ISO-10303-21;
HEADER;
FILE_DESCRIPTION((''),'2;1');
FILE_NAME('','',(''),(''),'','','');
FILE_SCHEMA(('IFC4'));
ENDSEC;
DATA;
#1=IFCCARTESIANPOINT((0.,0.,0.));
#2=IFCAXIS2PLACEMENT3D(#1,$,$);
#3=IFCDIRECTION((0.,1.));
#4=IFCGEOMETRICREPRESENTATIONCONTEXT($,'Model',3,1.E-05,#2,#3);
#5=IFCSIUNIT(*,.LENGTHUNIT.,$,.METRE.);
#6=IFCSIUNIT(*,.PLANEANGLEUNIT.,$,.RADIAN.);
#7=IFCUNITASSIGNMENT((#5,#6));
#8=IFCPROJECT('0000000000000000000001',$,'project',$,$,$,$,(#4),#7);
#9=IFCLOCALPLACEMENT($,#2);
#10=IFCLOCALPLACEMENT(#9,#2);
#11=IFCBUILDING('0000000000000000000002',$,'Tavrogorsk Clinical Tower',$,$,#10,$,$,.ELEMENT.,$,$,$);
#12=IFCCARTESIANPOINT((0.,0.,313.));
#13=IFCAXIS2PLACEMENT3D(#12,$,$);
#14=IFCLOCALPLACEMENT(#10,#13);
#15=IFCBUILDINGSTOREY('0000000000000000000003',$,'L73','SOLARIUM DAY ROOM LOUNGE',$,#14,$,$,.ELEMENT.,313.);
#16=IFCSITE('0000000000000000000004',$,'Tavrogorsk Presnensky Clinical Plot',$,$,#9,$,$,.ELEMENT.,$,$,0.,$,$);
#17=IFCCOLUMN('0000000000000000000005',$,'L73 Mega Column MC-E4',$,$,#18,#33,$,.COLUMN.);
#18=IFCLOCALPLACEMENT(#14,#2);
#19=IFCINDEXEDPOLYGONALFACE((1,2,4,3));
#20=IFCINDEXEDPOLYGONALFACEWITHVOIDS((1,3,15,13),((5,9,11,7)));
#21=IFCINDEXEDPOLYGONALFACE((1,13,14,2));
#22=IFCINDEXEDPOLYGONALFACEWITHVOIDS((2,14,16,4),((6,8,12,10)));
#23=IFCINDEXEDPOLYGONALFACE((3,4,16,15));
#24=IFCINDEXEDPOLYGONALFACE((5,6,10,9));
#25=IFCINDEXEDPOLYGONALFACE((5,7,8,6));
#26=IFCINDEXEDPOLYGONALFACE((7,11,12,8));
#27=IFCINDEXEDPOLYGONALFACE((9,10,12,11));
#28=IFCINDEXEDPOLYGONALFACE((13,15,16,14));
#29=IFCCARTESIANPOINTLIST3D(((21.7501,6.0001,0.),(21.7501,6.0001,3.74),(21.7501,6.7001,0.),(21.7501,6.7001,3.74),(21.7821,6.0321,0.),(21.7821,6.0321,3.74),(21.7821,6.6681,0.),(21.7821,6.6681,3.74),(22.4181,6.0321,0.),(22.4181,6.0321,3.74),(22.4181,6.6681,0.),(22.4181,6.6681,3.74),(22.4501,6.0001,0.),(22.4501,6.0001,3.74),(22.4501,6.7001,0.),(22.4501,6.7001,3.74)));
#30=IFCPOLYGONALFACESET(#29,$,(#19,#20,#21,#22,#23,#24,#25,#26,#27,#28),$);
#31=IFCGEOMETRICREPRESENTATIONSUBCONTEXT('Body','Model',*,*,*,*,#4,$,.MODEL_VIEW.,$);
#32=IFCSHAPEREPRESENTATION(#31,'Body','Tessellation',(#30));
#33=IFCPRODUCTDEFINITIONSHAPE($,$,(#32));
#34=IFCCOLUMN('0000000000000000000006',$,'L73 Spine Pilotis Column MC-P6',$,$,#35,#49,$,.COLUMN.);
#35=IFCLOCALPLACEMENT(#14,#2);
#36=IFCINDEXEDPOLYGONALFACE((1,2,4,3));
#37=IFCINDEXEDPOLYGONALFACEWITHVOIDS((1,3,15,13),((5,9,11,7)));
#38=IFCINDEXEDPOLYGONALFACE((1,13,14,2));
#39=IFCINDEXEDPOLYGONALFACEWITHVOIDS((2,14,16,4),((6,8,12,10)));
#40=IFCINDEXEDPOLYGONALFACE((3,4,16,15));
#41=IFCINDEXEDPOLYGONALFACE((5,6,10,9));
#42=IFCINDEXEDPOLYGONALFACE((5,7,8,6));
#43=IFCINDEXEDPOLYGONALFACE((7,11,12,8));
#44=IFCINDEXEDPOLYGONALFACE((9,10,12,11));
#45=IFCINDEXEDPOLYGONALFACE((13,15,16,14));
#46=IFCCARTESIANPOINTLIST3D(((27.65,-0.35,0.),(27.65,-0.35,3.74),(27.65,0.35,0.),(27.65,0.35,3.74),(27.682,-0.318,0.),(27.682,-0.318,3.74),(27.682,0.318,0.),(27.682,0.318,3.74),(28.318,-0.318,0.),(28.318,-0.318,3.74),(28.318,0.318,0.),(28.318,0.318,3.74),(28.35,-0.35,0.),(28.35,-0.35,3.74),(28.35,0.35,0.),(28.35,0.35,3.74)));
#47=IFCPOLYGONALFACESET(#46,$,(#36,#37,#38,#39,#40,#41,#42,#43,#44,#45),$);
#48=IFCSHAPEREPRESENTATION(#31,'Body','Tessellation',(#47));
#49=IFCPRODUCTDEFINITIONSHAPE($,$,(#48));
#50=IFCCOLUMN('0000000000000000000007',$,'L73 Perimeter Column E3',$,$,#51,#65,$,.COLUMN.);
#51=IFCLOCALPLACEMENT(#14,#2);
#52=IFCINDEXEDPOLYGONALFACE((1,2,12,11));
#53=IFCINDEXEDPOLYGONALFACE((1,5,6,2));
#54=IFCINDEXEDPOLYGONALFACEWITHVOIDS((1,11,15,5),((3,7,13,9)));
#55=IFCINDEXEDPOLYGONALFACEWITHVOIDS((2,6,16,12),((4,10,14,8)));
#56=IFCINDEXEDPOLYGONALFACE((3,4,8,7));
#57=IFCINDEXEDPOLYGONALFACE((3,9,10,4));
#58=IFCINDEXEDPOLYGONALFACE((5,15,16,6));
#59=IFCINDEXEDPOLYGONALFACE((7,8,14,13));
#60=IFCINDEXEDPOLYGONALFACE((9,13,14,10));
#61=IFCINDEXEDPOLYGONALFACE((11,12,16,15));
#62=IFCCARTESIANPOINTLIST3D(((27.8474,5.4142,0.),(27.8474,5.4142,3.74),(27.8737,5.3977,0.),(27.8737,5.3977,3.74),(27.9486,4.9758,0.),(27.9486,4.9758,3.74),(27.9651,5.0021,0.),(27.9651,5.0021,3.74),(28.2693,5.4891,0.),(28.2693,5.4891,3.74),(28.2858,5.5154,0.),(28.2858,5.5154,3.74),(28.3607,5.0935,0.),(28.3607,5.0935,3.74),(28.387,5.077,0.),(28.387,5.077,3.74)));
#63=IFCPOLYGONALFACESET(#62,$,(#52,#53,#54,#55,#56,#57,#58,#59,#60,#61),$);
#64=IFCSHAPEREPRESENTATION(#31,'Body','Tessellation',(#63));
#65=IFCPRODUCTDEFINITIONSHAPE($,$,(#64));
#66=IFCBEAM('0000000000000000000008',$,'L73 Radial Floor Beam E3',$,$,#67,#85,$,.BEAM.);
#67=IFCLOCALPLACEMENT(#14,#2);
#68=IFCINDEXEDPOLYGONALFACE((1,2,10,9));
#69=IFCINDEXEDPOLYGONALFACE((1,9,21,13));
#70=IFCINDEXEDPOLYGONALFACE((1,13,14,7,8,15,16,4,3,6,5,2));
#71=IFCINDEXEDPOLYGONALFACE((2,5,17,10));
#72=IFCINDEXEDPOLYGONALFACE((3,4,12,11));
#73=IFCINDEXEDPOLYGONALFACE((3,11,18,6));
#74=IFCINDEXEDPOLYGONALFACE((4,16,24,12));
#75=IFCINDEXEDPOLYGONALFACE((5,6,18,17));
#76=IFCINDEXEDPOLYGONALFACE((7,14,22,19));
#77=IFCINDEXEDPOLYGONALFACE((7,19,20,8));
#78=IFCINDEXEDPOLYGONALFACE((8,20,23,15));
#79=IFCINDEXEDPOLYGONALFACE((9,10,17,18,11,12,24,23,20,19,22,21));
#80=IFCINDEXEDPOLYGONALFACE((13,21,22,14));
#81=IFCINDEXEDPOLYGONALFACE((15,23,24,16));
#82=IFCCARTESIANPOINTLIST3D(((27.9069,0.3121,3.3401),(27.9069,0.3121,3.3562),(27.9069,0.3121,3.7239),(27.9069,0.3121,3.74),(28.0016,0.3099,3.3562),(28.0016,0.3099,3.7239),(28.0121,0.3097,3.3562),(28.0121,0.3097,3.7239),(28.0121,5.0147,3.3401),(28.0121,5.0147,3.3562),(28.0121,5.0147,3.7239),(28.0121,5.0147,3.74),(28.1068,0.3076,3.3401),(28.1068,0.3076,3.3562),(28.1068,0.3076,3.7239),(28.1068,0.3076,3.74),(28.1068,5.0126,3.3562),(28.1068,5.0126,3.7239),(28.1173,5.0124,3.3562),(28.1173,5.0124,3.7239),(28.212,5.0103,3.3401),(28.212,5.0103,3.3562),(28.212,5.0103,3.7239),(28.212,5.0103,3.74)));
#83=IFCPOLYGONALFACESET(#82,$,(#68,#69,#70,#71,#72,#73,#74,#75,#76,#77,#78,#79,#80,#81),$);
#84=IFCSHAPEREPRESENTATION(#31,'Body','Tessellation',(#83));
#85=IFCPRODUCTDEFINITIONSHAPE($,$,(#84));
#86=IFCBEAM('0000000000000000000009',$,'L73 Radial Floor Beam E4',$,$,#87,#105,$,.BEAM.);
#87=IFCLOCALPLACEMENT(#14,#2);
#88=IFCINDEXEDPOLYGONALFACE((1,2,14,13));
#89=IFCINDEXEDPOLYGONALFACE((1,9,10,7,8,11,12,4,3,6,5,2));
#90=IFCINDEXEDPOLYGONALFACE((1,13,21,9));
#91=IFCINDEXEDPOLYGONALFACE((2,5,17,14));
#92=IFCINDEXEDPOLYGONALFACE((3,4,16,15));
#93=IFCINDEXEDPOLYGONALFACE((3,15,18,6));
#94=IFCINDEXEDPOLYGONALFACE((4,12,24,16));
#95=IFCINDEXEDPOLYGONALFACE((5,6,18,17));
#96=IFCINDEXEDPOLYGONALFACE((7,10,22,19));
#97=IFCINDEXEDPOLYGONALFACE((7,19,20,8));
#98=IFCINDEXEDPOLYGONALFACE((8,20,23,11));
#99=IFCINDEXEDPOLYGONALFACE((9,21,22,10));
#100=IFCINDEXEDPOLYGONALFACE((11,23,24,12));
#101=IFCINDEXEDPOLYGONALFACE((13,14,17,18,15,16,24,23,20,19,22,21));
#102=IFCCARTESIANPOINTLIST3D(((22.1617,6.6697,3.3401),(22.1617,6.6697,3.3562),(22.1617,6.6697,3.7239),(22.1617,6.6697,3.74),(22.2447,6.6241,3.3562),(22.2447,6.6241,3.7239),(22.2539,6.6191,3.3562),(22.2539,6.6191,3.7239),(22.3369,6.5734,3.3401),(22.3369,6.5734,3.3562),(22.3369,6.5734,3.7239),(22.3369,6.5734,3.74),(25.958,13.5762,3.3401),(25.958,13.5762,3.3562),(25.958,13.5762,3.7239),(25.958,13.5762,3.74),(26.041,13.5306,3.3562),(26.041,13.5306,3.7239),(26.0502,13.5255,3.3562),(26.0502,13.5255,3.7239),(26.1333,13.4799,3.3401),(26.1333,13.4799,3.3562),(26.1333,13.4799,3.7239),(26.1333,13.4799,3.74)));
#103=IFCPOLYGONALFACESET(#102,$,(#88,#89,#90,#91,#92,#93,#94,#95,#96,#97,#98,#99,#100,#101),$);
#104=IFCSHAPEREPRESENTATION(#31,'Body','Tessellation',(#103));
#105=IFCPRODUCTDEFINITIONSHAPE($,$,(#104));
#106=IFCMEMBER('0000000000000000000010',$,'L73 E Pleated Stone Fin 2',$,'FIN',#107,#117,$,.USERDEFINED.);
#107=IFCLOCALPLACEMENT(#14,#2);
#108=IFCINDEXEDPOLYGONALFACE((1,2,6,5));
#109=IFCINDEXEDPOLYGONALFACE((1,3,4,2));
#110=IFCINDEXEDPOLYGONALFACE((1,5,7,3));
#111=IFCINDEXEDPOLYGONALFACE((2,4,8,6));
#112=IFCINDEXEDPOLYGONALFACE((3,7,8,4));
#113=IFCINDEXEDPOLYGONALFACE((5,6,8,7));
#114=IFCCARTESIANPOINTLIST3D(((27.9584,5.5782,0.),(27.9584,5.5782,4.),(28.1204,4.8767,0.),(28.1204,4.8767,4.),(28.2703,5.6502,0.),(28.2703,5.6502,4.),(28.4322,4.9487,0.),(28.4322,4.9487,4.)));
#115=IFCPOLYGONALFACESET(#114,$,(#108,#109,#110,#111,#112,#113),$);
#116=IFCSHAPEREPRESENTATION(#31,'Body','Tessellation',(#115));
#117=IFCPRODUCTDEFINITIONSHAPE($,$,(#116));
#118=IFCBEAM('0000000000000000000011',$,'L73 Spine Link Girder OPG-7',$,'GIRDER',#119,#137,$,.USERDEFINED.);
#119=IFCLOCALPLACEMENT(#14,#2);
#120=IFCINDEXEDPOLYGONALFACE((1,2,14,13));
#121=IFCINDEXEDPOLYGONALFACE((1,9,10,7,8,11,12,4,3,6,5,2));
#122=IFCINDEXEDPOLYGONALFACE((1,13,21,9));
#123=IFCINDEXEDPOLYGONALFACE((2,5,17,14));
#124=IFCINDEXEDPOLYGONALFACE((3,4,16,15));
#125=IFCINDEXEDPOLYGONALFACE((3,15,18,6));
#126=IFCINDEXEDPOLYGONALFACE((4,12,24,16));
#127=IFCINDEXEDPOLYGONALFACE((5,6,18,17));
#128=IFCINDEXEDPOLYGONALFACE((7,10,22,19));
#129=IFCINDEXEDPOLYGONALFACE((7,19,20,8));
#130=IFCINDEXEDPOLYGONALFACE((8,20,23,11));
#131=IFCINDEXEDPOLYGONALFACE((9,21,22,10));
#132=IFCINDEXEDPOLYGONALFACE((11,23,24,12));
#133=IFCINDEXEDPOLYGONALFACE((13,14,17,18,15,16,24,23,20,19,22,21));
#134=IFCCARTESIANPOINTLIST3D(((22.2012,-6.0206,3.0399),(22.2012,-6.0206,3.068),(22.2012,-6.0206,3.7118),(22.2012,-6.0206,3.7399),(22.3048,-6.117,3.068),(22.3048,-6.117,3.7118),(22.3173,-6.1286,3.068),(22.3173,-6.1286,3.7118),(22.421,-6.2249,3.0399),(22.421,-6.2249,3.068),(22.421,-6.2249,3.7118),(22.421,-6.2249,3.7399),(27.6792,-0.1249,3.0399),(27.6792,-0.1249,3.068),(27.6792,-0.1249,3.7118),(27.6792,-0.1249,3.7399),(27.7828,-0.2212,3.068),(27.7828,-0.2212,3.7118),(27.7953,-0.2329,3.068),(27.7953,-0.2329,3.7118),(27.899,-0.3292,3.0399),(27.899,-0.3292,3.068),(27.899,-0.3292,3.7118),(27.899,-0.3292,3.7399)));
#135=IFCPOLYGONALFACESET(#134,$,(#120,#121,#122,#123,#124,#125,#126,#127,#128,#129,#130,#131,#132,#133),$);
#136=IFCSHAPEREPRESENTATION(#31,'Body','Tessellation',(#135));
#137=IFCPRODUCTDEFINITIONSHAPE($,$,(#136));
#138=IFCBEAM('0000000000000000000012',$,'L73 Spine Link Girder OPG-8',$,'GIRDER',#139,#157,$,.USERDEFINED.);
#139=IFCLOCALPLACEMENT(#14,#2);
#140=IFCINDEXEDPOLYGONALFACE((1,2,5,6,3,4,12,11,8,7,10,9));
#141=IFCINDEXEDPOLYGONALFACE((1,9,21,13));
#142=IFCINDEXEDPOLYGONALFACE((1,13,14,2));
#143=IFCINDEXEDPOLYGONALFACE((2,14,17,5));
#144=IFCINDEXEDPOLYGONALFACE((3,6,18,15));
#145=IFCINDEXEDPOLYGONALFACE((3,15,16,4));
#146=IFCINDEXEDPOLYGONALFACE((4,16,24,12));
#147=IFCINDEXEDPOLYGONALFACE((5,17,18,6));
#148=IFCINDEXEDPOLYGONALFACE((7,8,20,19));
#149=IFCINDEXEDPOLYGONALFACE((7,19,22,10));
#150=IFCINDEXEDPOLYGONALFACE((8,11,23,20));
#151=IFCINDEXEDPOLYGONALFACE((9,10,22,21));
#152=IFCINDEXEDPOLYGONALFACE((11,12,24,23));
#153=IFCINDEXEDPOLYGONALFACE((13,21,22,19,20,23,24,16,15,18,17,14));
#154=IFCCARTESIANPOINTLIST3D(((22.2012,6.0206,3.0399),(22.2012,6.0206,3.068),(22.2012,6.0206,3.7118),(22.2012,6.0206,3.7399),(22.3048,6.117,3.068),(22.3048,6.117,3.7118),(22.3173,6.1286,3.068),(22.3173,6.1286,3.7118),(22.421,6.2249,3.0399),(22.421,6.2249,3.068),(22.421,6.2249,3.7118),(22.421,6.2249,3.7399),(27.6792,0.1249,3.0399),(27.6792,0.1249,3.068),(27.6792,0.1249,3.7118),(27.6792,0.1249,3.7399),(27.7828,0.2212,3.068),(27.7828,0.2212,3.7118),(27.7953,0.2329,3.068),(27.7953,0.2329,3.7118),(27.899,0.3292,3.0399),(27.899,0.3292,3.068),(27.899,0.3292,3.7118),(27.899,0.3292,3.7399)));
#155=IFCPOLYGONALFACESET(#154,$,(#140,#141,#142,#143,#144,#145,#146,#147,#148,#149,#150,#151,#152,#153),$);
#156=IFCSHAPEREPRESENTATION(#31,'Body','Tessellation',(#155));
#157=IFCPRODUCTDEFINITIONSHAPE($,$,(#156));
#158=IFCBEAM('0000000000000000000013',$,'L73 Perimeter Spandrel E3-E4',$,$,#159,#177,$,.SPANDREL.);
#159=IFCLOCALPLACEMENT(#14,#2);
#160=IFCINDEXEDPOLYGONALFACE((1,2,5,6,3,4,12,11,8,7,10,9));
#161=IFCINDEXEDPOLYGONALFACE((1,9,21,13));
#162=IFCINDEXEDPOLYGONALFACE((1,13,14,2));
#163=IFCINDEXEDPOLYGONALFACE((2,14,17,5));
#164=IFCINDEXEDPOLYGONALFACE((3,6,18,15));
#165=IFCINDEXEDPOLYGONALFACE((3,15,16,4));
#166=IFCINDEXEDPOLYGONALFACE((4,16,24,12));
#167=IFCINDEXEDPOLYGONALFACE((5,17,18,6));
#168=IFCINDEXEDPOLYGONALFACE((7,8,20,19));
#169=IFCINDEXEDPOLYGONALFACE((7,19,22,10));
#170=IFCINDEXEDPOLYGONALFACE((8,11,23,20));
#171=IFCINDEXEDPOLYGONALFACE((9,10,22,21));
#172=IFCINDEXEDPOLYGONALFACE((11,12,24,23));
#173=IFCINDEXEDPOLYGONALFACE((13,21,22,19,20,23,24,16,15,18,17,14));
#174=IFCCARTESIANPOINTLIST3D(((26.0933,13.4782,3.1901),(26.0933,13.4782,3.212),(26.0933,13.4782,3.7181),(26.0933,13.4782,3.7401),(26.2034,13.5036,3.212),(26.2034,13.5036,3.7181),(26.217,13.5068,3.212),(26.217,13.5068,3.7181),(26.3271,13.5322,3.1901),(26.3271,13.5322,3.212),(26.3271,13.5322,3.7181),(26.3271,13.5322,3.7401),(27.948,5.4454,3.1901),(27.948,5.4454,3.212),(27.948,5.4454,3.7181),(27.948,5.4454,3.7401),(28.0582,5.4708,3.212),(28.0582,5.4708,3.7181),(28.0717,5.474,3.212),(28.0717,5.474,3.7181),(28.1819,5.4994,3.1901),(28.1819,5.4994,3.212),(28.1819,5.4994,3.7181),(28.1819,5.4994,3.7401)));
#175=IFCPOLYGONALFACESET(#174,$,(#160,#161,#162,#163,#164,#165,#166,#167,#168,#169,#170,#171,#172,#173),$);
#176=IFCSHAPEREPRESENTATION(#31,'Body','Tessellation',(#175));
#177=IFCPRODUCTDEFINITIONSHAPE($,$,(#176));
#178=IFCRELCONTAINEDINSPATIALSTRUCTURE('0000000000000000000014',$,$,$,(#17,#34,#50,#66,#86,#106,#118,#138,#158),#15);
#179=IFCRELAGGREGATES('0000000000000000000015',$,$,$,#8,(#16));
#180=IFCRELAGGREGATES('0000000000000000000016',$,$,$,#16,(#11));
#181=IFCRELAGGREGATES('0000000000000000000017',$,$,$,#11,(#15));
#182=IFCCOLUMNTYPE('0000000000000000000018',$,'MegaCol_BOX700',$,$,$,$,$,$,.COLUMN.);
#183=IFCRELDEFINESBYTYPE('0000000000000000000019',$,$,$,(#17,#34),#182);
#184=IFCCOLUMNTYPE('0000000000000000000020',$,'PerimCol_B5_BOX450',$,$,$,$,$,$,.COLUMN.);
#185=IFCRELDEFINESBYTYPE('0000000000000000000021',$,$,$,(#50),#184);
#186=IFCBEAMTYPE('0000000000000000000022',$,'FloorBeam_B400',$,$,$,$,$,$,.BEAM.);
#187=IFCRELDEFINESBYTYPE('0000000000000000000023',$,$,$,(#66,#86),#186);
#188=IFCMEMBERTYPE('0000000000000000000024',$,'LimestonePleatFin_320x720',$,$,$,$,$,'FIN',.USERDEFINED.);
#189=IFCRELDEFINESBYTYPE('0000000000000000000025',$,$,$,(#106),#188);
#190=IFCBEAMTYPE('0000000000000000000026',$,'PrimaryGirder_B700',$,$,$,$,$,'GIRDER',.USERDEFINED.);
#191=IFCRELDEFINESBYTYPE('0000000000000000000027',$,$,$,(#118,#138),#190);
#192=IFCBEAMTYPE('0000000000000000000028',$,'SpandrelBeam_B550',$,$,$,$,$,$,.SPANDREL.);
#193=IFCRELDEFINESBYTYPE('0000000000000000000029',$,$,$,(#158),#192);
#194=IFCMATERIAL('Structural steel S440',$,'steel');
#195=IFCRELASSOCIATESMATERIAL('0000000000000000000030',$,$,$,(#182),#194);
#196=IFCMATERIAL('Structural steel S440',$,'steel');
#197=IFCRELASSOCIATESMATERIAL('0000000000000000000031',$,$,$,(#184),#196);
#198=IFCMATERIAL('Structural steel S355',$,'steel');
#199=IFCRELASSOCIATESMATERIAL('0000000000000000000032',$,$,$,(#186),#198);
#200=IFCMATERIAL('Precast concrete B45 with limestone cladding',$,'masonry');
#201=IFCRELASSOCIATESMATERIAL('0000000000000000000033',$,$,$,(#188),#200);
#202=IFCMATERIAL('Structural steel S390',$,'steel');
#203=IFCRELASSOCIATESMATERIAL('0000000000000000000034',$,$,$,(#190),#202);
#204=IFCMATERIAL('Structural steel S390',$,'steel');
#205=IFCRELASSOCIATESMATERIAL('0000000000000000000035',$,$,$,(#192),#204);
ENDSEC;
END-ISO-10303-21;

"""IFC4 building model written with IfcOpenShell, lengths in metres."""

from ifc_helpers import new_model, si_unit, direction, frame, origin, origin_2d, place, context, subcontext, project, spatial, rectangle, hollow_rectangle, i_section, extrude, material, material_profile, profile_set, type_object, element, save


model = new_model("IFC4")

# Units and contexts
model_context = context("Model", 3, precision=1e-05, world=origin(), true_north=direction((0.0, 1.0)))
body_context = subcontext(model_context, "Body", "Model", "MODEL_VIEW")
ifc_project = project(units=[si_unit("LENGTHUNIT", "METRE"), si_unit("PLANEANGLEUNIT", "RADIAN")], contexts=[model_context])

# Site, building, storey
site_placement = place(None, origin())
site = spatial("IfcSite", under=ifc_project, at=site_placement, Name="Tavrogorsk Presnensky Clinical Plot", CompositionType="ELEMENT", RefElevation=0.0)
building_placement = place(site_placement, origin())
building = spatial("IfcBuilding", under=site, at=building_placement, Name="Tavrogorsk Clinical Tower", CompositionType="ELEMENT")
storey_placement = place(building_placement, frame((0.0, 0.0, 313.0)))
storey = spatial("IfcBuildingStorey", under=building, at=storey_placement, Name="L73", Description="SOLARIUM DAY ROOM LOUNGE", CompositionType="ELEMENT", Elevation=313.0)

# Columns
ifc_material_1 = material(Name="Structural steel S440", Category="steel")
ifc_material_profile_1 = material_profile(ifc_material_1, hollow_rectangle(XDim=0.7, YDim=0.7, WallThickness=0.032, at=origin_2d()), Name="BOX-700x700x32")
ifc_profile_set_1 = profile_set([ifc_material_profile_1], Name="Structural steel S440")
column_type_1 = type_object("IfcColumnType", Name="MegaCol_BOX700", PredefinedType="COLUMN", material=ifc_profile_set_1)
for number, where, z_axis, x_axis, name in (
    (1, (22.1001, 6.3501, 0.0), (0.0, 0.0, 1.0), (1.0, 0.0, 0.0), "L73 Mega Column MC-E4"),
    (2, (28.0, 0.0, 0.0), (0.0, 0.0, 1.0), (1.0, 0.0, 0.0), "L73 Spine Pilotis Column MC-P6"),
):
    element("IfcColumn", number, at=place(storey_placement, frame(where, z_axis=z_axis, x_axis=x_axis)), inside=storey, type_object=column_type_1, Name=name, PredefinedType="COLUMN", context=body_context, shape_type="SweptSolid", body=[
        extrude(hollow_rectangle(XDim=0.7, YDim=0.7, WallThickness=0.032, at=origin_2d()), origin(), (0.0, 0.0, 1.0), 3.74),
    ])
ifc_material_2 = material(Name="Structural steel S440", Category="steel")
ifc_material_profile_2 = material_profile(ifc_material_2, hollow_rectangle(XDim=0.45, YDim=0.45, WallThickness=0.022, at=origin_2d()), Name="BOX-450x450x22")
ifc_profile_set_2 = profile_set([ifc_material_profile_2], Name="Structural steel S440")
column_type_2 = type_object("IfcColumnType", Name="PerimCol_B5_BOX450", PredefinedType="COLUMN", material=ifc_profile_set_2)
column_placement = place(storey_placement, frame((28.1172, 5.2456, 0.0), z_axis=(0.0, 0.0, 1.0), x_axis=(0.97437, 0.224951, 0.0)))
element("IfcColumn", 3, at=column_placement, inside=storey, type_object=column_type_2, Name="L73 Perimeter Column E3", PredefinedType="COLUMN", context=body_context, shape_type="SweptSolid", body=[
    extrude(hollow_rectangle(XDim=0.45, YDim=0.45, WallThickness=0.022, at=origin_2d()), origin(), (0.0, 0.0, 1.0), 3.74),
])

# Beams
ifc_material_3 = material(Name="Structural steel S355", Category="steel")
ifc_material_profile_3 = material_profile(ifc_material_3, i_section(OverallWidth=0.2, OverallDepth=0.3999, WebThickness=0.0105, FlangeThickness=0.0161, at=origin_2d()), Name="B-400x200x10.5x16")
ifc_profile_set_3 = profile_set([ifc_material_profile_3], Name="Structural steel S355")
beam_type_1 = type_object("IfcBeamType", Name="FloorBeam_B400", PredefinedType="BEAM", material=ifc_profile_set_3)
beam_1_placement = place(storey_placement, frame((28.0068, 0.3098, 3.54), z_axis=(0.02237, 0.99975, 0.0), x_axis=(-0.99975, 0.02237, 0.0)))
element("IfcBeam", 4, at=beam_1_placement, inside=storey, type_object=beam_type_1, Name="L73 Radial Floor Beam E3", PredefinedType="BEAM", context=body_context, shape_type="SweptSolid", body=[
    extrude(i_section(OverallWidth=0.2, OverallDepth=0.3999, WebThickness=0.0105, FlangeThickness=0.0161, at=origin_2d()), origin(), (0.0, 0.0, 1.0), 4.7039),
])
beam_2_placement = place(storey_placement, frame((22.2493, 6.6216, 3.54), z_axis=(0.481706, 0.876333, 0.0), x_axis=(-0.876333, 0.481706, 0.0)))
element("IfcBeam", 5, at=beam_2_placement, inside=storey, type_object=beam_type_1, Name="L73 Radial Floor Beam E4", PredefinedType="BEAM", context=body_context, shape_type="SweptSolid", body=[
    extrude(i_section(OverallWidth=0.2, OverallDepth=0.3999, WebThickness=0.0105, FlangeThickness=0.0161, at=origin_2d()), origin(), (0.0, 0.0, 1.0), 7.8811),
])

# Member
ifc_material_4 = material(Name="Precast concrete B45 with limestone cladding", Category="masonry")
ifc_material_profile_4 = material_profile(ifc_material_4, rectangle(XDim=0.3201, YDim=0.72, at=origin_2d()), Name="LIMESTONE-FIN-320x720")
ifc_profile_set_4 = profile_set([ifc_material_profile_4], Name="Precast concrete B45 with limestone cladding")
member_type = type_object("IfcMemberType", Name="LimestonePleatFin_320x720", ElementType="FIN", PredefinedType="USERDEFINED", material=ifc_profile_set_4)
member_placement = place(storey_placement, frame((28.1953, 5.2634, 0.0), z_axis=(0.0, 0.0, 1.0), x_axis=(0.97437, 0.224951, 0.0)))
element("IfcMember", 6, at=member_placement, inside=storey, type_object=member_type, Name="L73 E Pleated Stone Fin 2", ObjectType="FIN", PredefinedType="USERDEFINED", context=body_context, shape_type="SweptSolid", body=[
    extrude(rectangle(XDim=0.3201, YDim=0.72, at=origin_2d()), origin(), (0.0, 0.0, 1.0), 4.0),
])

# Beams
ifc_material_5 = material(Name="Structural steel S390", Category="steel")
ifc_material_profile_5 = material_profile(ifc_material_5, i_section(OverallWidth=0.3, OverallDepth=0.7, WebThickness=0.0171, FlangeThickness=0.0281, at=origin_2d()), Name="B-700x300x17x28")
ifc_profile_set_5 = profile_set([ifc_material_profile_5], Name="Structural steel S390")
beam_type_2 = type_object("IfcBeamType", Name="PrimaryGirder_B700", ElementType="GIRDER", PredefinedType="USERDEFINED", material=ifc_profile_set_5)
for number, where, z_axis, x_axis, name in (
    (7, (27.7891, -0.2271, 3.3899), (-0.680678, -0.732583, 0.0), (0.732583, -0.680678, 0.0), "L73 Spine Link Girder OPG-7"),
    (8, (27.7891, 0.2271, 3.3899), (-0.680678, 0.732583, 0.0), (-0.732583, -0.680678, 0.0), "L73 Spine Link Girder OPG-8"),
):
    element("IfcBeam", number, at=place(storey_placement, frame(where, z_axis=z_axis, x_axis=x_axis)), inside=storey, type_object=beam_type_2, Name=name, ObjectType="GIRDER", PredefinedType="USERDEFINED", context=body_context, shape_type="SweptSolid", body=[
        extrude(i_section(OverallWidth=0.3, OverallDepth=0.7, WebThickness=0.0171, FlangeThickness=0.0281, at=origin_2d()), origin(), (0.0, 0.0, 1.0), 8.0479),
    ])
ifc_material_6 = material(Name="Structural steel S390", Category="steel")
ifc_material_profile_6 = material_profile(ifc_material_6, i_section(OverallWidth=0.24, OverallDepth=0.55, WebThickness=0.0139, FlangeThickness=0.022, at=origin_2d()), Name="B-550x240x14x22")
ifc_profile_set_6 = profile_set([ifc_material_profile_6], Name="Structural steel S390")
beam_type_3 = type_object("IfcBeamType", Name="SpandrelBeam_B550", PredefinedType="SPANDREL", material=ifc_profile_set_6)
beam_3_placement = place(storey_placement, frame((28.0649, 5.4724, 3.4651), z_axis=(-0.224978, 0.974364, 0.0), x_axis=(-0.974364, -0.224978, 0.0)))
element("IfcBeam", 9, at=beam_3_placement, inside=storey, type_object=beam_type_3, Name="L73 Perimeter Spandrel E3-E4", PredefinedType="SPANDREL", context=body_context, shape_type="SweptSolid", body=[
    extrude(i_section(OverallWidth=0.24, OverallDepth=0.55, WebThickness=0.0139, FlangeThickness=0.022, at=origin_2d()), origin(), (0.0, 0.0, 1.0), 8.2441),
])

save(model, "model.ifc")
